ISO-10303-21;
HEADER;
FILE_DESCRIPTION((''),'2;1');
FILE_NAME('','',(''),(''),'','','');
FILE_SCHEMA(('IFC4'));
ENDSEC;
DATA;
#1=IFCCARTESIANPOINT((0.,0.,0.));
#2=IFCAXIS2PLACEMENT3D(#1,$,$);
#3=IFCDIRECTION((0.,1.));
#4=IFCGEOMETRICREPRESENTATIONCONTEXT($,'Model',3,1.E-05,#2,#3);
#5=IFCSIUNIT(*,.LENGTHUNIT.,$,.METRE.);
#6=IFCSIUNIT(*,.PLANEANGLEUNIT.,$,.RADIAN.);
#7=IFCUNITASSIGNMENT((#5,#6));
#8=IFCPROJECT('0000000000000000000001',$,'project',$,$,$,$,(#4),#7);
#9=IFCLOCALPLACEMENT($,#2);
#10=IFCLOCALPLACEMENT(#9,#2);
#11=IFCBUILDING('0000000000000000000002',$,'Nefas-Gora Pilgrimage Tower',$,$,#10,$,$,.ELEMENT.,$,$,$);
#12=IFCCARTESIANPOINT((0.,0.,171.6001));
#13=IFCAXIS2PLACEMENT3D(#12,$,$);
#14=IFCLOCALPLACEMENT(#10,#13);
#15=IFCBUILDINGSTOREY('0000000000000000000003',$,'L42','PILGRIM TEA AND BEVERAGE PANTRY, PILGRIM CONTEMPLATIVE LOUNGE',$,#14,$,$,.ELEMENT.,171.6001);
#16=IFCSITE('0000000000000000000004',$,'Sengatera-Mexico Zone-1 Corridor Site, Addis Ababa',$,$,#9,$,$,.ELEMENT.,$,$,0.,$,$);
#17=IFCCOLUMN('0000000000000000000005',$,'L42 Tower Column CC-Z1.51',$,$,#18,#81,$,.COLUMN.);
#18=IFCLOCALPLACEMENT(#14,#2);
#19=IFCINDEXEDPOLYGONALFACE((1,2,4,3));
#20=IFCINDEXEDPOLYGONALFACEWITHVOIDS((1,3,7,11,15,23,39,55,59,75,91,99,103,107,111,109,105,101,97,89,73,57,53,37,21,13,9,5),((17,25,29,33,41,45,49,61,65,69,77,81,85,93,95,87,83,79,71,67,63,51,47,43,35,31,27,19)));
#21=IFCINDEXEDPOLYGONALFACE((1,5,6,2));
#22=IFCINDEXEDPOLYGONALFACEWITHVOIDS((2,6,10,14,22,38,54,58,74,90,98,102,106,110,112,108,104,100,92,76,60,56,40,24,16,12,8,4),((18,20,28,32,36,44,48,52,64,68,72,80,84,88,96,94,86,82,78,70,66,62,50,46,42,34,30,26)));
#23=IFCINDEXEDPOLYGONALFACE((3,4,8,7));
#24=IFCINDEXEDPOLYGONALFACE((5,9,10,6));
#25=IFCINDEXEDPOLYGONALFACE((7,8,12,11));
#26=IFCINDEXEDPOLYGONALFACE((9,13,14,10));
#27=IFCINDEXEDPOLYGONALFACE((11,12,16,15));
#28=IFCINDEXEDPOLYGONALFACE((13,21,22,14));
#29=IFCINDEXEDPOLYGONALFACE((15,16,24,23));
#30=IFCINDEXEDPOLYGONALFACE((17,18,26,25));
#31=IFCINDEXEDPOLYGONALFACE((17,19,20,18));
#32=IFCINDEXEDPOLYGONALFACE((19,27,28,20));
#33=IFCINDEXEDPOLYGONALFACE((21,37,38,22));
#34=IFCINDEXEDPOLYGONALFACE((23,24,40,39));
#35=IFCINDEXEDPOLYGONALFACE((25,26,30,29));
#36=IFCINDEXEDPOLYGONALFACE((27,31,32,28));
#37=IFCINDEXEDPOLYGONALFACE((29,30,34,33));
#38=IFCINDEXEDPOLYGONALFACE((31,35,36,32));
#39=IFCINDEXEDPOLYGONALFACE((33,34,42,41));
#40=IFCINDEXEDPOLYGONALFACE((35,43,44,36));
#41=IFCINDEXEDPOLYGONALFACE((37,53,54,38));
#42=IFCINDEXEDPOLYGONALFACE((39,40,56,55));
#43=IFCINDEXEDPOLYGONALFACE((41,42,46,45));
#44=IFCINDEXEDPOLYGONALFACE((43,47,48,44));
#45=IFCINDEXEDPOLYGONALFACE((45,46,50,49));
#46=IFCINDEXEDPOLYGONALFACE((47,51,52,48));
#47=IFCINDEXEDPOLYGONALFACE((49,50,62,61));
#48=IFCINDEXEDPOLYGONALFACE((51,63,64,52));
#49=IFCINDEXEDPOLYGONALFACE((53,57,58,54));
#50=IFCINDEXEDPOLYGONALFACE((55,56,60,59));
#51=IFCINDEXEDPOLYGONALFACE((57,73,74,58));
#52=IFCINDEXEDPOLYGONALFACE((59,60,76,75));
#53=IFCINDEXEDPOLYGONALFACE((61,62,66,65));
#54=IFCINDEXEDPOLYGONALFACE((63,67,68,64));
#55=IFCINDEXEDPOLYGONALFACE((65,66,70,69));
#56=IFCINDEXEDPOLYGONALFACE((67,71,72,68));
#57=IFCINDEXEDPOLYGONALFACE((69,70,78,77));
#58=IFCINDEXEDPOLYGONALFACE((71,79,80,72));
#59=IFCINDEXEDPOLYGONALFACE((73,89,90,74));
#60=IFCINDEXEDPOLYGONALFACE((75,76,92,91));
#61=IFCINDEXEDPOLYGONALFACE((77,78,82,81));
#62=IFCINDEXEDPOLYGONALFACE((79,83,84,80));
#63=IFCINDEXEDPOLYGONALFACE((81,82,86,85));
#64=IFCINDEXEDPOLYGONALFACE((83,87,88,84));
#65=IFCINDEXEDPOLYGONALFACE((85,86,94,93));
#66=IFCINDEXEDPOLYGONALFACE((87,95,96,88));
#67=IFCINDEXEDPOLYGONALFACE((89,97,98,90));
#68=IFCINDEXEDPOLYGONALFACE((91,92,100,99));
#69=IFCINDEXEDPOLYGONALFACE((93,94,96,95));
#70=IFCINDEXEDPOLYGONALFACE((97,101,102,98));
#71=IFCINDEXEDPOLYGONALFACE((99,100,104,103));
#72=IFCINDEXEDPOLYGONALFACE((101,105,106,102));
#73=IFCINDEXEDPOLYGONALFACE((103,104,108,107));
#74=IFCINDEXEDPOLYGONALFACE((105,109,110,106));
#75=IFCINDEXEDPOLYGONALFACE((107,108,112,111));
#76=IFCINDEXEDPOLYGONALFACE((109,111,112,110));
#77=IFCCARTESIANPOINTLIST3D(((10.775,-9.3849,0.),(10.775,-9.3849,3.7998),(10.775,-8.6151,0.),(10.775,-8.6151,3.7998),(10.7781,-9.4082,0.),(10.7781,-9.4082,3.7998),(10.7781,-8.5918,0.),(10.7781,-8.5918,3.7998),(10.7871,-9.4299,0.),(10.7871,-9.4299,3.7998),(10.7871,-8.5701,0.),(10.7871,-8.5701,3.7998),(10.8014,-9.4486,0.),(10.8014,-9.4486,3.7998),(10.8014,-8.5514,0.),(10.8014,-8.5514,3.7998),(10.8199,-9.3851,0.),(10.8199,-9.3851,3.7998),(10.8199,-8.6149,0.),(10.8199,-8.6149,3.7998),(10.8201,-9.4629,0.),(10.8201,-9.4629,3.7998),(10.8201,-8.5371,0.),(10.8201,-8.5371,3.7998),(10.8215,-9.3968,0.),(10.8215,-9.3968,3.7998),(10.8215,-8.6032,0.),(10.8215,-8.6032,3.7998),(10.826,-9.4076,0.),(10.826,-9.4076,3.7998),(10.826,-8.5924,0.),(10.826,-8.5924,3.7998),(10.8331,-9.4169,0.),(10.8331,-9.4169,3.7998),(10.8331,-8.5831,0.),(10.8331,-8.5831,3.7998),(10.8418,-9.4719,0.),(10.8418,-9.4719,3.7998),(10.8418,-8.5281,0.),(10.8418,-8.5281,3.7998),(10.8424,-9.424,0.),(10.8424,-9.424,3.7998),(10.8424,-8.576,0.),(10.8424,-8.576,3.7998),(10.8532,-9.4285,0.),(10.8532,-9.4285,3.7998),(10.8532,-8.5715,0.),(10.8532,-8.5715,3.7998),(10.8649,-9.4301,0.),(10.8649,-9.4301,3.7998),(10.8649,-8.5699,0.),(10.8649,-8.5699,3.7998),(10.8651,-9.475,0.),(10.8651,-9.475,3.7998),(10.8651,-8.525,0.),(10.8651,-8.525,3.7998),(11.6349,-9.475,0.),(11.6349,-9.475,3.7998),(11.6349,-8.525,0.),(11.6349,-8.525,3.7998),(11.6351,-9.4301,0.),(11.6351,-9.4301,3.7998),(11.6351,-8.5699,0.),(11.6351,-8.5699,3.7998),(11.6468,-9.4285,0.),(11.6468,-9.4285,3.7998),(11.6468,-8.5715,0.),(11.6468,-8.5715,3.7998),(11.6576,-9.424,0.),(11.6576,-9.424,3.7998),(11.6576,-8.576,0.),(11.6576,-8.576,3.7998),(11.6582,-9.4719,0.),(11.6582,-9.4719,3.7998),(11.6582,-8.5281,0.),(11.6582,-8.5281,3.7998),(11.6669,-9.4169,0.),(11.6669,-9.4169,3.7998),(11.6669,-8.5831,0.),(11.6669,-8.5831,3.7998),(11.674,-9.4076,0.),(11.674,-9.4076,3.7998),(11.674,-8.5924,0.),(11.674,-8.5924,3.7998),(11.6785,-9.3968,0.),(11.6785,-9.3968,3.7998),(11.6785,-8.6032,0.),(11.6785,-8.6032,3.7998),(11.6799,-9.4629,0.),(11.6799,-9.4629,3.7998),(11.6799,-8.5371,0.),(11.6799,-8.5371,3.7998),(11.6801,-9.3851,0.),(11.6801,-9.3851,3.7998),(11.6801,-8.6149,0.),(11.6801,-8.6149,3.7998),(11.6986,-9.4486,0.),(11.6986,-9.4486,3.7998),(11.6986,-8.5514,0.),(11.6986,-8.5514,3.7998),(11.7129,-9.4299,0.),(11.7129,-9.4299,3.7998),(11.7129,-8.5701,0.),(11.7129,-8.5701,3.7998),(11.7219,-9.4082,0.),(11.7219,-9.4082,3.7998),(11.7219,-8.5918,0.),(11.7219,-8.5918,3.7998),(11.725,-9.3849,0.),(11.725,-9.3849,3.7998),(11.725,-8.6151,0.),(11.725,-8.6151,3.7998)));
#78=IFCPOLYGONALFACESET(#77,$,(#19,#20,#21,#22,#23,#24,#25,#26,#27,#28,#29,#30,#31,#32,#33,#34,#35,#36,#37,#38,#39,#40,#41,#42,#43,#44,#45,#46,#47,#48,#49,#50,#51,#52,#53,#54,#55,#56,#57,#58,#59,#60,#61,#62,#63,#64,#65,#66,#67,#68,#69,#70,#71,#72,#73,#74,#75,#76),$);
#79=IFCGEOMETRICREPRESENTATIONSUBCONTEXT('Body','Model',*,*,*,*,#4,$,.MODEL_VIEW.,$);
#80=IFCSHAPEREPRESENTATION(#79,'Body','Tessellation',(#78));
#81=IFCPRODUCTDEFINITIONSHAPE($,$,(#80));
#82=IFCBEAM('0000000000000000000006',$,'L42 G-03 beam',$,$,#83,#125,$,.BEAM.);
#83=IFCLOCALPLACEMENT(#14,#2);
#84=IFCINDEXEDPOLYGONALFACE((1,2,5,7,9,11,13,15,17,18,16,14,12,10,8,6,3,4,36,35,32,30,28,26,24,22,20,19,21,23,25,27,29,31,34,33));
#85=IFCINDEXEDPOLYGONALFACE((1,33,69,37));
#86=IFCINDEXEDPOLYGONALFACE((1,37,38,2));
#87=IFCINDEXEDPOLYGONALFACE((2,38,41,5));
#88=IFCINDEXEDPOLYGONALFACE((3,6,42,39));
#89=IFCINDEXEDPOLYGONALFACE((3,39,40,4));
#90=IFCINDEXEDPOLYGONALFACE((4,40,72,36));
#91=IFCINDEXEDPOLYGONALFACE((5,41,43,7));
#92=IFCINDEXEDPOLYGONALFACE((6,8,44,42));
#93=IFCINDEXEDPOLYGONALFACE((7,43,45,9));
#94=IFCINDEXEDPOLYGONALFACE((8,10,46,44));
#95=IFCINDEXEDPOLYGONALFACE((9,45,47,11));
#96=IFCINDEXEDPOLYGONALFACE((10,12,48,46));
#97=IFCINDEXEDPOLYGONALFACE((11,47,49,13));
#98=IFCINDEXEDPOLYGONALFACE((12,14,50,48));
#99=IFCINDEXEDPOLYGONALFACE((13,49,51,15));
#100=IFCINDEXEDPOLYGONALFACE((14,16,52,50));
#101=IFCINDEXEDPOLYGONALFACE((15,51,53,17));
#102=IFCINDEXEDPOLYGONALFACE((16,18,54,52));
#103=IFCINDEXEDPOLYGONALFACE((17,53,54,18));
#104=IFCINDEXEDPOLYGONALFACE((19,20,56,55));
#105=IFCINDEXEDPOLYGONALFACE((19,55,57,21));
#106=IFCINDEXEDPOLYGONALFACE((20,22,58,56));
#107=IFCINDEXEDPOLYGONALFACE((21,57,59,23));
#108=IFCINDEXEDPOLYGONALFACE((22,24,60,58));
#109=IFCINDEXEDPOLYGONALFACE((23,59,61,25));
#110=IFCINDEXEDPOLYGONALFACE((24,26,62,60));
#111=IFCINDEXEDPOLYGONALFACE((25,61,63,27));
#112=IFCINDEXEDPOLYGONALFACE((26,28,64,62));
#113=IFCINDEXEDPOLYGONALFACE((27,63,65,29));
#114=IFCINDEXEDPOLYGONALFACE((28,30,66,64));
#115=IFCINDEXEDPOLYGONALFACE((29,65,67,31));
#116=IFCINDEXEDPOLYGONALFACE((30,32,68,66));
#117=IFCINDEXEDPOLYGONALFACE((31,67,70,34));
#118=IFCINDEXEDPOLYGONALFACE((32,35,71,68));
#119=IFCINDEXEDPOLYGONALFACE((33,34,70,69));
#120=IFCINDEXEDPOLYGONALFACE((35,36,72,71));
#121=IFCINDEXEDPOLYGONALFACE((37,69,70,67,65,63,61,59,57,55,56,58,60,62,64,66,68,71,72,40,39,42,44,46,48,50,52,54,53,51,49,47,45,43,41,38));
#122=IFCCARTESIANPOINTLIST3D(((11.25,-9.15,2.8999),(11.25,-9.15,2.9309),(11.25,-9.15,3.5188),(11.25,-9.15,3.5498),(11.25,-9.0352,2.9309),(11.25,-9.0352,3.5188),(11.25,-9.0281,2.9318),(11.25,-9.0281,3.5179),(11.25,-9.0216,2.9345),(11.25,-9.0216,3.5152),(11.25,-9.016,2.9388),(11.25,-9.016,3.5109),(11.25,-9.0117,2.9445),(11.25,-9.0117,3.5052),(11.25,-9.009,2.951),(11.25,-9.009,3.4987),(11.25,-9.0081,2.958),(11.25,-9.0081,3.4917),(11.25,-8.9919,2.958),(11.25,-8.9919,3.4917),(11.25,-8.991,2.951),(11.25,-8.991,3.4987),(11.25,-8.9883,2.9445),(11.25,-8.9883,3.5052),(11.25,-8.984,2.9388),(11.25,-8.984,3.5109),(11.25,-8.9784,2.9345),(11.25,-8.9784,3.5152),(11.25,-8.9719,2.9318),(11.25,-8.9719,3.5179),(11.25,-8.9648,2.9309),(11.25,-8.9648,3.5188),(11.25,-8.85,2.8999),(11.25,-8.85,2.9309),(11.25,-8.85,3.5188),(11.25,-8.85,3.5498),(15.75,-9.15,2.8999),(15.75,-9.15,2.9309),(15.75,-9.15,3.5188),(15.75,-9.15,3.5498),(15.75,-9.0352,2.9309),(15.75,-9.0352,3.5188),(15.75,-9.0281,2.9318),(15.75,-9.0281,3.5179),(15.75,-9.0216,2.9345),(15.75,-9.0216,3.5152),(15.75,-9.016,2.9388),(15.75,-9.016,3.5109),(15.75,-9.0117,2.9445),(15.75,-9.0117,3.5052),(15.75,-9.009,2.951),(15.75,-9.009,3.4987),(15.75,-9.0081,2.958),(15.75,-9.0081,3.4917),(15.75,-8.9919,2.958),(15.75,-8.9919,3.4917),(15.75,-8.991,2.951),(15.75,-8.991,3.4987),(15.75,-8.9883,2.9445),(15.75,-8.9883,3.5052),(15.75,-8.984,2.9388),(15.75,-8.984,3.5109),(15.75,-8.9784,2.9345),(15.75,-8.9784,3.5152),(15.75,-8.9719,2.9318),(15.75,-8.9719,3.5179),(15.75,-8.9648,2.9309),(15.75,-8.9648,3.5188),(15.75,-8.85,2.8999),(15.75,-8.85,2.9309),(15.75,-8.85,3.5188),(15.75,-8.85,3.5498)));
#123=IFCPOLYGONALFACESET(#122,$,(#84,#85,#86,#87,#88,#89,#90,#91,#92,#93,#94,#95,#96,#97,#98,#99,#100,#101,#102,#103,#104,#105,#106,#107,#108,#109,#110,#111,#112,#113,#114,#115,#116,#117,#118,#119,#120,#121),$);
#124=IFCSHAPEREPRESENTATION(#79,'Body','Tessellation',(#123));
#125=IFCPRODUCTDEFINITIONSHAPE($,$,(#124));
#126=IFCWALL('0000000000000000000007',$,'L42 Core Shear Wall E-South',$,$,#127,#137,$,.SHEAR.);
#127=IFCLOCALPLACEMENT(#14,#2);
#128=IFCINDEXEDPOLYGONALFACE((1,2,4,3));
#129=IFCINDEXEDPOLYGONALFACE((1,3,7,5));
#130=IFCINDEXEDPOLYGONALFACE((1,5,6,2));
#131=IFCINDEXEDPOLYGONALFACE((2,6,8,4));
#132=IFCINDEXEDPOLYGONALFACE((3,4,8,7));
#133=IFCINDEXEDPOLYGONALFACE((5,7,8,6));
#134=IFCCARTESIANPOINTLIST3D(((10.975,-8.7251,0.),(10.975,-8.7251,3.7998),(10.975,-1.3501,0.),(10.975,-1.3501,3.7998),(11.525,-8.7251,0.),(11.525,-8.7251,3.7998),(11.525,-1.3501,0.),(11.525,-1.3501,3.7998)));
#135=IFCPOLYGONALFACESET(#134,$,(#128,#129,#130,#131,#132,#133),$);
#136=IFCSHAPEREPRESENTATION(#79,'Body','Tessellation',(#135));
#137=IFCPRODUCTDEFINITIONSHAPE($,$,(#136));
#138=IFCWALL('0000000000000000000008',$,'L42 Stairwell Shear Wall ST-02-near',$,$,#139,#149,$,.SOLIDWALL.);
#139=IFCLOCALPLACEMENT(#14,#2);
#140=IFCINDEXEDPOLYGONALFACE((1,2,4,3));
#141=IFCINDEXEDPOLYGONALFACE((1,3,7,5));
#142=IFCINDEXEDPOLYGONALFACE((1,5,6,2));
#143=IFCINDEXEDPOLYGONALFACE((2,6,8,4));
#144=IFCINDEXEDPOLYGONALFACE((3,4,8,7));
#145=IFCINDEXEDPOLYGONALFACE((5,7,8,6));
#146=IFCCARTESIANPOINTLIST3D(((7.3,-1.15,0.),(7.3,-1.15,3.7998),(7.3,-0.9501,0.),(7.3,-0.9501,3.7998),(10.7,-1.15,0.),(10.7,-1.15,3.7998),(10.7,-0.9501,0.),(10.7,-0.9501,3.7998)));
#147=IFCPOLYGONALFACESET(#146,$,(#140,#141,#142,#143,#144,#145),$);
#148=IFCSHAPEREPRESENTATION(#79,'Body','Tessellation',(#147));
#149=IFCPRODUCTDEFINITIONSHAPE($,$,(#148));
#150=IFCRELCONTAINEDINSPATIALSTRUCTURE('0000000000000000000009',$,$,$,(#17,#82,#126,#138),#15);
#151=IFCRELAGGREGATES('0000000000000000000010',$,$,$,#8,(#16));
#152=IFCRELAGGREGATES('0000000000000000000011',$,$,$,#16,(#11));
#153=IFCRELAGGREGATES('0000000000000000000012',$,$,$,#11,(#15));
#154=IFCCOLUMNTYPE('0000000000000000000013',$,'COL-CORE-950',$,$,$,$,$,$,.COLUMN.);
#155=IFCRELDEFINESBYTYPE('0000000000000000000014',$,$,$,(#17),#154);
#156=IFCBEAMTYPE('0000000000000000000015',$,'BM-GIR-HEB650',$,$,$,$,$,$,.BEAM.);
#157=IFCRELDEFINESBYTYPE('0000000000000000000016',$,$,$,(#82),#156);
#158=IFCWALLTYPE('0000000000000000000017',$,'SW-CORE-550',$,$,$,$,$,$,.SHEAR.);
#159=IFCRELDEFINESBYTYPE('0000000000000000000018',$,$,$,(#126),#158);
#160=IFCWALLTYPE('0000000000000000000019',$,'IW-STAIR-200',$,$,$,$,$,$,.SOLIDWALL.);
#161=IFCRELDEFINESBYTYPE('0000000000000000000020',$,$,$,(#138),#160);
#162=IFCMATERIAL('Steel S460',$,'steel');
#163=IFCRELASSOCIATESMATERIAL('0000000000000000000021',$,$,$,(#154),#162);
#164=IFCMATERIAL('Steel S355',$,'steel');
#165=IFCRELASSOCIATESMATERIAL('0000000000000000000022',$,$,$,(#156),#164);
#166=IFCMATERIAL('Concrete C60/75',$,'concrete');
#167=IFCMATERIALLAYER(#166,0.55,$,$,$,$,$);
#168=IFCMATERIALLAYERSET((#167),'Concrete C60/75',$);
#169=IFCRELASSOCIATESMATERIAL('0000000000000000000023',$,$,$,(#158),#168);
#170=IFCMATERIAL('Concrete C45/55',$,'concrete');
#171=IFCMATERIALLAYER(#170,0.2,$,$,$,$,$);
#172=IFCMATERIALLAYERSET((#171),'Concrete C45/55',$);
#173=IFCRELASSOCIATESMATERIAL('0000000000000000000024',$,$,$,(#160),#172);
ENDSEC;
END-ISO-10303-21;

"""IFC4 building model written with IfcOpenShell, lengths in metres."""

from ifc_helpers import new_model, si_unit, direction, frame, frame_2d, origin, origin_2d, place, context, subcontext, project, spatial, rectangle, hollow_rectangle, i_section, extrude, source, transform, mapped, material, layer, layer_set, material_profile, profile_set, type_object, element, save


model = new_model("IFC4")

# Units and contexts
model_context = context("Model", 3, precision=1e-05, world=origin(), true_north=direction((0.0, 1.0)))
body_context = subcontext(model_context, "Body", "Model", "MODEL_VIEW")
ifc_project = project(units=[si_unit("LENGTHUNIT", "METRE"), si_unit("PLANEANGLEUNIT", "RADIAN")], contexts=[model_context])

# Site, building, storey
site_placement = place(None, origin())
site = spatial("IfcSite", under=ifc_project, at=site_placement, Name="Sengatera-Mexico Zone-1 Corridor Site, Addis Ababa", CompositionType="ELEMENT", RefElevation=0.0)
building_placement = place(site_placement, origin())
building = spatial("IfcBuilding", under=site, at=building_placement, Name="Nefas-Gora Pilgrimage Tower", CompositionType="ELEMENT")
storey_placement = place(building_placement, frame((0.0, 0.0, 171.6001)))
storey = spatial("IfcBuildingStorey", under=building, at=storey_placement, Name="L42", Description="PILGRIM TEA AND BEVERAGE PANTRY, PILGRIM CONTEMPLATIVE LOUNGE", CompositionType="ELEMENT", Elevation=171.6001)

# Column
ifc_material_1 = material(Name="Steel S460", Category="steel")
ifc_material_profile_1 = material_profile(ifc_material_1, hollow_rectangle(XDim=0.95, YDim=0.95, WallThickness=0.0449, InnerFilletRadius=0.0449, OuterFilletRadius=0.0901, at=origin_2d()), Name="BOX 950x950x45")
ifc_profile_set_1 = profile_set([ifc_material_profile_1], Name="Steel S460")
column_type = type_object("IfcColumnType", Name="COL-CORE-950", PredefinedType="COLUMN", material=ifc_profile_set_1)
shared_shape_1 = source(origin(), body_context, "Body", "SweptSolid", [
    extrude(hollow_rectangle(XDim=0.95, YDim=0.95, WallThickness=0.0449, InnerFilletRadius=0.0449, OuterFilletRadius=0.0901, at=origin_2d()), origin(), (0.0, 0.0, 1.0), 3.7998),
])
column_placement = place(storey_placement, frame((11.25, -9.0, 0.0), z_axis=(0.0, 0.0, 1.0), x_axis=(1.0, 0.0, 0.0)))
element("IfcColumn", 1, at=column_placement, inside=storey, type_object=column_type, Name="L42 Tower Column CC-Z1.51", PredefinedType="COLUMN", context=body_context, shape_type="MappedRepresentation", body=[
    mapped(shared_shape_1, transform((0.0, 0.0, 0.0), x_axis=(1.0, 0.0, 0.0), y_axis=(0.0, 1.0, 0.0), z_axis=(0.0, 0.0, 1.0), scale=1.0)),
])

# Beam
ifc_material_2 = material(Name="Steel S355", Category="steel")
ifc_material_profile_2 = material_profile(ifc_material_2, i_section(OverallWidth=0.3, OverallDepth=0.6499, WebThickness=0.0161, FlangeThickness=0.031, FilletRadius=0.0271, at=origin_2d()), Name="HEB 650")
ifc_profile_set_2 = profile_set([ifc_material_profile_2], Name="Steel S355")
beam_type = type_object("IfcBeamType", Name="BM-GIR-HEB650", PredefinedType="BEAM", material=ifc_profile_set_2)
shared_shape_2 = source(origin(), body_context, "Body", "SweptSolid", [
    extrude(i_section(OverallWidth=0.3, OverallDepth=0.6499, WebThickness=0.0161, FlangeThickness=0.031, FilletRadius=0.0271, at=origin_2d()), origin(), (0.0, 0.0, 1.0), 4.5),
])
beam_placement = place(storey_placement, frame((11.25, -9.0, 3.2249), z_axis=(1.0, 0.0, 0.0), x_axis=(0.0, 1.0, 0.0)))
element("IfcBeam", 2, at=beam_placement, inside=storey, type_object=beam_type, Name="L42 G-03 beam", PredefinedType="BEAM", context=body_context, shape_type="MappedRepresentation", body=[
    mapped(shared_shape_2, transform((0.0, 0.0, 0.0), x_axis=(1.0, 0.0, 0.0), y_axis=(0.0, 1.0, 0.0), z_axis=(0.0, 0.0, 1.0), scale=1.0)),
])

# Walls
ifc_material_3 = material(Name="Concrete C60/75", Category="concrete")
ifc_layer_1 = layer(ifc_material_3, 0.55)
ifc_layer_set_1 = layer_set([ifc_layer_1], Name="Concrete C60/75")
wall_type_1 = type_object("IfcWallType", Name="SW-CORE-550", PredefinedType="SHEAR", material=ifc_layer_set_1)
shared_shape_3 = source(origin(), body_context, "Body", "SweptSolid", [
    extrude(rectangle(XDim=7.375, YDim=0.55, at=frame_2d((3.6875, 0.0))), origin(), (0.0, 0.0, 1.0), 3.7998),
])
wall_1_placement = place(storey_placement, frame((11.25, -8.7251, 0.0), z_axis=(0.0, 0.0, 1.0), x_axis=(0.0, 1.0, 0.0)))
element("IfcWall", 3, at=wall_1_placement, inside=storey, type_object=wall_type_1, Name="L42 Core Shear Wall E-South", PredefinedType="SHEAR", context=body_context, shape_type="MappedRepresentation", body=[
    mapped(shared_shape_3, transform((0.0, 0.0, 0.0), x_axis=(1.0, 0.0, 0.0), y_axis=(0.0, 1.0, 0.0), z_axis=(0.0, 0.0, 1.0), scale=1.0)),
])
ifc_material_4 = material(Name="Concrete C45/55", Category="concrete")
ifc_layer_2 = layer(ifc_material_4, 0.2)
ifc_layer_set_2 = layer_set([ifc_layer_2], Name="Concrete C45/55")
wall_type_2 = type_object("IfcWallType", Name="IW-STAIR-200", PredefinedType="SOLIDWALL", material=ifc_layer_set_2)
shared_shape_4 = source(origin(), body_context, "Body", "SweptSolid", [
    extrude(rectangle(XDim=3.3999, YDim=0.2, at=frame_2d((1.7, 0.0))), origin(), (0.0, 0.0, 1.0), 3.7998),
])
wall_2_placement = place(storey_placement, frame((7.3, -1.05, 0.0), z_axis=(0.0, 0.0, 1.0), x_axis=(1.0, 0.0, 0.0)))
element("IfcWall", 4, at=wall_2_placement, inside=storey, type_object=wall_type_2, Name="L42 Stairwell Shear Wall ST-02-near", PredefinedType="SOLIDWALL", context=body_context, shape_type="MappedRepresentation", body=[
    mapped(shared_shape_4, transform((0.0, 0.0, 0.0), x_axis=(1.0, 0.0, 0.0), y_axis=(0.0, 1.0, 0.0), z_axis=(0.0, 0.0, 1.0), scale=1.0)),
])

save(model, "model.ifc")
